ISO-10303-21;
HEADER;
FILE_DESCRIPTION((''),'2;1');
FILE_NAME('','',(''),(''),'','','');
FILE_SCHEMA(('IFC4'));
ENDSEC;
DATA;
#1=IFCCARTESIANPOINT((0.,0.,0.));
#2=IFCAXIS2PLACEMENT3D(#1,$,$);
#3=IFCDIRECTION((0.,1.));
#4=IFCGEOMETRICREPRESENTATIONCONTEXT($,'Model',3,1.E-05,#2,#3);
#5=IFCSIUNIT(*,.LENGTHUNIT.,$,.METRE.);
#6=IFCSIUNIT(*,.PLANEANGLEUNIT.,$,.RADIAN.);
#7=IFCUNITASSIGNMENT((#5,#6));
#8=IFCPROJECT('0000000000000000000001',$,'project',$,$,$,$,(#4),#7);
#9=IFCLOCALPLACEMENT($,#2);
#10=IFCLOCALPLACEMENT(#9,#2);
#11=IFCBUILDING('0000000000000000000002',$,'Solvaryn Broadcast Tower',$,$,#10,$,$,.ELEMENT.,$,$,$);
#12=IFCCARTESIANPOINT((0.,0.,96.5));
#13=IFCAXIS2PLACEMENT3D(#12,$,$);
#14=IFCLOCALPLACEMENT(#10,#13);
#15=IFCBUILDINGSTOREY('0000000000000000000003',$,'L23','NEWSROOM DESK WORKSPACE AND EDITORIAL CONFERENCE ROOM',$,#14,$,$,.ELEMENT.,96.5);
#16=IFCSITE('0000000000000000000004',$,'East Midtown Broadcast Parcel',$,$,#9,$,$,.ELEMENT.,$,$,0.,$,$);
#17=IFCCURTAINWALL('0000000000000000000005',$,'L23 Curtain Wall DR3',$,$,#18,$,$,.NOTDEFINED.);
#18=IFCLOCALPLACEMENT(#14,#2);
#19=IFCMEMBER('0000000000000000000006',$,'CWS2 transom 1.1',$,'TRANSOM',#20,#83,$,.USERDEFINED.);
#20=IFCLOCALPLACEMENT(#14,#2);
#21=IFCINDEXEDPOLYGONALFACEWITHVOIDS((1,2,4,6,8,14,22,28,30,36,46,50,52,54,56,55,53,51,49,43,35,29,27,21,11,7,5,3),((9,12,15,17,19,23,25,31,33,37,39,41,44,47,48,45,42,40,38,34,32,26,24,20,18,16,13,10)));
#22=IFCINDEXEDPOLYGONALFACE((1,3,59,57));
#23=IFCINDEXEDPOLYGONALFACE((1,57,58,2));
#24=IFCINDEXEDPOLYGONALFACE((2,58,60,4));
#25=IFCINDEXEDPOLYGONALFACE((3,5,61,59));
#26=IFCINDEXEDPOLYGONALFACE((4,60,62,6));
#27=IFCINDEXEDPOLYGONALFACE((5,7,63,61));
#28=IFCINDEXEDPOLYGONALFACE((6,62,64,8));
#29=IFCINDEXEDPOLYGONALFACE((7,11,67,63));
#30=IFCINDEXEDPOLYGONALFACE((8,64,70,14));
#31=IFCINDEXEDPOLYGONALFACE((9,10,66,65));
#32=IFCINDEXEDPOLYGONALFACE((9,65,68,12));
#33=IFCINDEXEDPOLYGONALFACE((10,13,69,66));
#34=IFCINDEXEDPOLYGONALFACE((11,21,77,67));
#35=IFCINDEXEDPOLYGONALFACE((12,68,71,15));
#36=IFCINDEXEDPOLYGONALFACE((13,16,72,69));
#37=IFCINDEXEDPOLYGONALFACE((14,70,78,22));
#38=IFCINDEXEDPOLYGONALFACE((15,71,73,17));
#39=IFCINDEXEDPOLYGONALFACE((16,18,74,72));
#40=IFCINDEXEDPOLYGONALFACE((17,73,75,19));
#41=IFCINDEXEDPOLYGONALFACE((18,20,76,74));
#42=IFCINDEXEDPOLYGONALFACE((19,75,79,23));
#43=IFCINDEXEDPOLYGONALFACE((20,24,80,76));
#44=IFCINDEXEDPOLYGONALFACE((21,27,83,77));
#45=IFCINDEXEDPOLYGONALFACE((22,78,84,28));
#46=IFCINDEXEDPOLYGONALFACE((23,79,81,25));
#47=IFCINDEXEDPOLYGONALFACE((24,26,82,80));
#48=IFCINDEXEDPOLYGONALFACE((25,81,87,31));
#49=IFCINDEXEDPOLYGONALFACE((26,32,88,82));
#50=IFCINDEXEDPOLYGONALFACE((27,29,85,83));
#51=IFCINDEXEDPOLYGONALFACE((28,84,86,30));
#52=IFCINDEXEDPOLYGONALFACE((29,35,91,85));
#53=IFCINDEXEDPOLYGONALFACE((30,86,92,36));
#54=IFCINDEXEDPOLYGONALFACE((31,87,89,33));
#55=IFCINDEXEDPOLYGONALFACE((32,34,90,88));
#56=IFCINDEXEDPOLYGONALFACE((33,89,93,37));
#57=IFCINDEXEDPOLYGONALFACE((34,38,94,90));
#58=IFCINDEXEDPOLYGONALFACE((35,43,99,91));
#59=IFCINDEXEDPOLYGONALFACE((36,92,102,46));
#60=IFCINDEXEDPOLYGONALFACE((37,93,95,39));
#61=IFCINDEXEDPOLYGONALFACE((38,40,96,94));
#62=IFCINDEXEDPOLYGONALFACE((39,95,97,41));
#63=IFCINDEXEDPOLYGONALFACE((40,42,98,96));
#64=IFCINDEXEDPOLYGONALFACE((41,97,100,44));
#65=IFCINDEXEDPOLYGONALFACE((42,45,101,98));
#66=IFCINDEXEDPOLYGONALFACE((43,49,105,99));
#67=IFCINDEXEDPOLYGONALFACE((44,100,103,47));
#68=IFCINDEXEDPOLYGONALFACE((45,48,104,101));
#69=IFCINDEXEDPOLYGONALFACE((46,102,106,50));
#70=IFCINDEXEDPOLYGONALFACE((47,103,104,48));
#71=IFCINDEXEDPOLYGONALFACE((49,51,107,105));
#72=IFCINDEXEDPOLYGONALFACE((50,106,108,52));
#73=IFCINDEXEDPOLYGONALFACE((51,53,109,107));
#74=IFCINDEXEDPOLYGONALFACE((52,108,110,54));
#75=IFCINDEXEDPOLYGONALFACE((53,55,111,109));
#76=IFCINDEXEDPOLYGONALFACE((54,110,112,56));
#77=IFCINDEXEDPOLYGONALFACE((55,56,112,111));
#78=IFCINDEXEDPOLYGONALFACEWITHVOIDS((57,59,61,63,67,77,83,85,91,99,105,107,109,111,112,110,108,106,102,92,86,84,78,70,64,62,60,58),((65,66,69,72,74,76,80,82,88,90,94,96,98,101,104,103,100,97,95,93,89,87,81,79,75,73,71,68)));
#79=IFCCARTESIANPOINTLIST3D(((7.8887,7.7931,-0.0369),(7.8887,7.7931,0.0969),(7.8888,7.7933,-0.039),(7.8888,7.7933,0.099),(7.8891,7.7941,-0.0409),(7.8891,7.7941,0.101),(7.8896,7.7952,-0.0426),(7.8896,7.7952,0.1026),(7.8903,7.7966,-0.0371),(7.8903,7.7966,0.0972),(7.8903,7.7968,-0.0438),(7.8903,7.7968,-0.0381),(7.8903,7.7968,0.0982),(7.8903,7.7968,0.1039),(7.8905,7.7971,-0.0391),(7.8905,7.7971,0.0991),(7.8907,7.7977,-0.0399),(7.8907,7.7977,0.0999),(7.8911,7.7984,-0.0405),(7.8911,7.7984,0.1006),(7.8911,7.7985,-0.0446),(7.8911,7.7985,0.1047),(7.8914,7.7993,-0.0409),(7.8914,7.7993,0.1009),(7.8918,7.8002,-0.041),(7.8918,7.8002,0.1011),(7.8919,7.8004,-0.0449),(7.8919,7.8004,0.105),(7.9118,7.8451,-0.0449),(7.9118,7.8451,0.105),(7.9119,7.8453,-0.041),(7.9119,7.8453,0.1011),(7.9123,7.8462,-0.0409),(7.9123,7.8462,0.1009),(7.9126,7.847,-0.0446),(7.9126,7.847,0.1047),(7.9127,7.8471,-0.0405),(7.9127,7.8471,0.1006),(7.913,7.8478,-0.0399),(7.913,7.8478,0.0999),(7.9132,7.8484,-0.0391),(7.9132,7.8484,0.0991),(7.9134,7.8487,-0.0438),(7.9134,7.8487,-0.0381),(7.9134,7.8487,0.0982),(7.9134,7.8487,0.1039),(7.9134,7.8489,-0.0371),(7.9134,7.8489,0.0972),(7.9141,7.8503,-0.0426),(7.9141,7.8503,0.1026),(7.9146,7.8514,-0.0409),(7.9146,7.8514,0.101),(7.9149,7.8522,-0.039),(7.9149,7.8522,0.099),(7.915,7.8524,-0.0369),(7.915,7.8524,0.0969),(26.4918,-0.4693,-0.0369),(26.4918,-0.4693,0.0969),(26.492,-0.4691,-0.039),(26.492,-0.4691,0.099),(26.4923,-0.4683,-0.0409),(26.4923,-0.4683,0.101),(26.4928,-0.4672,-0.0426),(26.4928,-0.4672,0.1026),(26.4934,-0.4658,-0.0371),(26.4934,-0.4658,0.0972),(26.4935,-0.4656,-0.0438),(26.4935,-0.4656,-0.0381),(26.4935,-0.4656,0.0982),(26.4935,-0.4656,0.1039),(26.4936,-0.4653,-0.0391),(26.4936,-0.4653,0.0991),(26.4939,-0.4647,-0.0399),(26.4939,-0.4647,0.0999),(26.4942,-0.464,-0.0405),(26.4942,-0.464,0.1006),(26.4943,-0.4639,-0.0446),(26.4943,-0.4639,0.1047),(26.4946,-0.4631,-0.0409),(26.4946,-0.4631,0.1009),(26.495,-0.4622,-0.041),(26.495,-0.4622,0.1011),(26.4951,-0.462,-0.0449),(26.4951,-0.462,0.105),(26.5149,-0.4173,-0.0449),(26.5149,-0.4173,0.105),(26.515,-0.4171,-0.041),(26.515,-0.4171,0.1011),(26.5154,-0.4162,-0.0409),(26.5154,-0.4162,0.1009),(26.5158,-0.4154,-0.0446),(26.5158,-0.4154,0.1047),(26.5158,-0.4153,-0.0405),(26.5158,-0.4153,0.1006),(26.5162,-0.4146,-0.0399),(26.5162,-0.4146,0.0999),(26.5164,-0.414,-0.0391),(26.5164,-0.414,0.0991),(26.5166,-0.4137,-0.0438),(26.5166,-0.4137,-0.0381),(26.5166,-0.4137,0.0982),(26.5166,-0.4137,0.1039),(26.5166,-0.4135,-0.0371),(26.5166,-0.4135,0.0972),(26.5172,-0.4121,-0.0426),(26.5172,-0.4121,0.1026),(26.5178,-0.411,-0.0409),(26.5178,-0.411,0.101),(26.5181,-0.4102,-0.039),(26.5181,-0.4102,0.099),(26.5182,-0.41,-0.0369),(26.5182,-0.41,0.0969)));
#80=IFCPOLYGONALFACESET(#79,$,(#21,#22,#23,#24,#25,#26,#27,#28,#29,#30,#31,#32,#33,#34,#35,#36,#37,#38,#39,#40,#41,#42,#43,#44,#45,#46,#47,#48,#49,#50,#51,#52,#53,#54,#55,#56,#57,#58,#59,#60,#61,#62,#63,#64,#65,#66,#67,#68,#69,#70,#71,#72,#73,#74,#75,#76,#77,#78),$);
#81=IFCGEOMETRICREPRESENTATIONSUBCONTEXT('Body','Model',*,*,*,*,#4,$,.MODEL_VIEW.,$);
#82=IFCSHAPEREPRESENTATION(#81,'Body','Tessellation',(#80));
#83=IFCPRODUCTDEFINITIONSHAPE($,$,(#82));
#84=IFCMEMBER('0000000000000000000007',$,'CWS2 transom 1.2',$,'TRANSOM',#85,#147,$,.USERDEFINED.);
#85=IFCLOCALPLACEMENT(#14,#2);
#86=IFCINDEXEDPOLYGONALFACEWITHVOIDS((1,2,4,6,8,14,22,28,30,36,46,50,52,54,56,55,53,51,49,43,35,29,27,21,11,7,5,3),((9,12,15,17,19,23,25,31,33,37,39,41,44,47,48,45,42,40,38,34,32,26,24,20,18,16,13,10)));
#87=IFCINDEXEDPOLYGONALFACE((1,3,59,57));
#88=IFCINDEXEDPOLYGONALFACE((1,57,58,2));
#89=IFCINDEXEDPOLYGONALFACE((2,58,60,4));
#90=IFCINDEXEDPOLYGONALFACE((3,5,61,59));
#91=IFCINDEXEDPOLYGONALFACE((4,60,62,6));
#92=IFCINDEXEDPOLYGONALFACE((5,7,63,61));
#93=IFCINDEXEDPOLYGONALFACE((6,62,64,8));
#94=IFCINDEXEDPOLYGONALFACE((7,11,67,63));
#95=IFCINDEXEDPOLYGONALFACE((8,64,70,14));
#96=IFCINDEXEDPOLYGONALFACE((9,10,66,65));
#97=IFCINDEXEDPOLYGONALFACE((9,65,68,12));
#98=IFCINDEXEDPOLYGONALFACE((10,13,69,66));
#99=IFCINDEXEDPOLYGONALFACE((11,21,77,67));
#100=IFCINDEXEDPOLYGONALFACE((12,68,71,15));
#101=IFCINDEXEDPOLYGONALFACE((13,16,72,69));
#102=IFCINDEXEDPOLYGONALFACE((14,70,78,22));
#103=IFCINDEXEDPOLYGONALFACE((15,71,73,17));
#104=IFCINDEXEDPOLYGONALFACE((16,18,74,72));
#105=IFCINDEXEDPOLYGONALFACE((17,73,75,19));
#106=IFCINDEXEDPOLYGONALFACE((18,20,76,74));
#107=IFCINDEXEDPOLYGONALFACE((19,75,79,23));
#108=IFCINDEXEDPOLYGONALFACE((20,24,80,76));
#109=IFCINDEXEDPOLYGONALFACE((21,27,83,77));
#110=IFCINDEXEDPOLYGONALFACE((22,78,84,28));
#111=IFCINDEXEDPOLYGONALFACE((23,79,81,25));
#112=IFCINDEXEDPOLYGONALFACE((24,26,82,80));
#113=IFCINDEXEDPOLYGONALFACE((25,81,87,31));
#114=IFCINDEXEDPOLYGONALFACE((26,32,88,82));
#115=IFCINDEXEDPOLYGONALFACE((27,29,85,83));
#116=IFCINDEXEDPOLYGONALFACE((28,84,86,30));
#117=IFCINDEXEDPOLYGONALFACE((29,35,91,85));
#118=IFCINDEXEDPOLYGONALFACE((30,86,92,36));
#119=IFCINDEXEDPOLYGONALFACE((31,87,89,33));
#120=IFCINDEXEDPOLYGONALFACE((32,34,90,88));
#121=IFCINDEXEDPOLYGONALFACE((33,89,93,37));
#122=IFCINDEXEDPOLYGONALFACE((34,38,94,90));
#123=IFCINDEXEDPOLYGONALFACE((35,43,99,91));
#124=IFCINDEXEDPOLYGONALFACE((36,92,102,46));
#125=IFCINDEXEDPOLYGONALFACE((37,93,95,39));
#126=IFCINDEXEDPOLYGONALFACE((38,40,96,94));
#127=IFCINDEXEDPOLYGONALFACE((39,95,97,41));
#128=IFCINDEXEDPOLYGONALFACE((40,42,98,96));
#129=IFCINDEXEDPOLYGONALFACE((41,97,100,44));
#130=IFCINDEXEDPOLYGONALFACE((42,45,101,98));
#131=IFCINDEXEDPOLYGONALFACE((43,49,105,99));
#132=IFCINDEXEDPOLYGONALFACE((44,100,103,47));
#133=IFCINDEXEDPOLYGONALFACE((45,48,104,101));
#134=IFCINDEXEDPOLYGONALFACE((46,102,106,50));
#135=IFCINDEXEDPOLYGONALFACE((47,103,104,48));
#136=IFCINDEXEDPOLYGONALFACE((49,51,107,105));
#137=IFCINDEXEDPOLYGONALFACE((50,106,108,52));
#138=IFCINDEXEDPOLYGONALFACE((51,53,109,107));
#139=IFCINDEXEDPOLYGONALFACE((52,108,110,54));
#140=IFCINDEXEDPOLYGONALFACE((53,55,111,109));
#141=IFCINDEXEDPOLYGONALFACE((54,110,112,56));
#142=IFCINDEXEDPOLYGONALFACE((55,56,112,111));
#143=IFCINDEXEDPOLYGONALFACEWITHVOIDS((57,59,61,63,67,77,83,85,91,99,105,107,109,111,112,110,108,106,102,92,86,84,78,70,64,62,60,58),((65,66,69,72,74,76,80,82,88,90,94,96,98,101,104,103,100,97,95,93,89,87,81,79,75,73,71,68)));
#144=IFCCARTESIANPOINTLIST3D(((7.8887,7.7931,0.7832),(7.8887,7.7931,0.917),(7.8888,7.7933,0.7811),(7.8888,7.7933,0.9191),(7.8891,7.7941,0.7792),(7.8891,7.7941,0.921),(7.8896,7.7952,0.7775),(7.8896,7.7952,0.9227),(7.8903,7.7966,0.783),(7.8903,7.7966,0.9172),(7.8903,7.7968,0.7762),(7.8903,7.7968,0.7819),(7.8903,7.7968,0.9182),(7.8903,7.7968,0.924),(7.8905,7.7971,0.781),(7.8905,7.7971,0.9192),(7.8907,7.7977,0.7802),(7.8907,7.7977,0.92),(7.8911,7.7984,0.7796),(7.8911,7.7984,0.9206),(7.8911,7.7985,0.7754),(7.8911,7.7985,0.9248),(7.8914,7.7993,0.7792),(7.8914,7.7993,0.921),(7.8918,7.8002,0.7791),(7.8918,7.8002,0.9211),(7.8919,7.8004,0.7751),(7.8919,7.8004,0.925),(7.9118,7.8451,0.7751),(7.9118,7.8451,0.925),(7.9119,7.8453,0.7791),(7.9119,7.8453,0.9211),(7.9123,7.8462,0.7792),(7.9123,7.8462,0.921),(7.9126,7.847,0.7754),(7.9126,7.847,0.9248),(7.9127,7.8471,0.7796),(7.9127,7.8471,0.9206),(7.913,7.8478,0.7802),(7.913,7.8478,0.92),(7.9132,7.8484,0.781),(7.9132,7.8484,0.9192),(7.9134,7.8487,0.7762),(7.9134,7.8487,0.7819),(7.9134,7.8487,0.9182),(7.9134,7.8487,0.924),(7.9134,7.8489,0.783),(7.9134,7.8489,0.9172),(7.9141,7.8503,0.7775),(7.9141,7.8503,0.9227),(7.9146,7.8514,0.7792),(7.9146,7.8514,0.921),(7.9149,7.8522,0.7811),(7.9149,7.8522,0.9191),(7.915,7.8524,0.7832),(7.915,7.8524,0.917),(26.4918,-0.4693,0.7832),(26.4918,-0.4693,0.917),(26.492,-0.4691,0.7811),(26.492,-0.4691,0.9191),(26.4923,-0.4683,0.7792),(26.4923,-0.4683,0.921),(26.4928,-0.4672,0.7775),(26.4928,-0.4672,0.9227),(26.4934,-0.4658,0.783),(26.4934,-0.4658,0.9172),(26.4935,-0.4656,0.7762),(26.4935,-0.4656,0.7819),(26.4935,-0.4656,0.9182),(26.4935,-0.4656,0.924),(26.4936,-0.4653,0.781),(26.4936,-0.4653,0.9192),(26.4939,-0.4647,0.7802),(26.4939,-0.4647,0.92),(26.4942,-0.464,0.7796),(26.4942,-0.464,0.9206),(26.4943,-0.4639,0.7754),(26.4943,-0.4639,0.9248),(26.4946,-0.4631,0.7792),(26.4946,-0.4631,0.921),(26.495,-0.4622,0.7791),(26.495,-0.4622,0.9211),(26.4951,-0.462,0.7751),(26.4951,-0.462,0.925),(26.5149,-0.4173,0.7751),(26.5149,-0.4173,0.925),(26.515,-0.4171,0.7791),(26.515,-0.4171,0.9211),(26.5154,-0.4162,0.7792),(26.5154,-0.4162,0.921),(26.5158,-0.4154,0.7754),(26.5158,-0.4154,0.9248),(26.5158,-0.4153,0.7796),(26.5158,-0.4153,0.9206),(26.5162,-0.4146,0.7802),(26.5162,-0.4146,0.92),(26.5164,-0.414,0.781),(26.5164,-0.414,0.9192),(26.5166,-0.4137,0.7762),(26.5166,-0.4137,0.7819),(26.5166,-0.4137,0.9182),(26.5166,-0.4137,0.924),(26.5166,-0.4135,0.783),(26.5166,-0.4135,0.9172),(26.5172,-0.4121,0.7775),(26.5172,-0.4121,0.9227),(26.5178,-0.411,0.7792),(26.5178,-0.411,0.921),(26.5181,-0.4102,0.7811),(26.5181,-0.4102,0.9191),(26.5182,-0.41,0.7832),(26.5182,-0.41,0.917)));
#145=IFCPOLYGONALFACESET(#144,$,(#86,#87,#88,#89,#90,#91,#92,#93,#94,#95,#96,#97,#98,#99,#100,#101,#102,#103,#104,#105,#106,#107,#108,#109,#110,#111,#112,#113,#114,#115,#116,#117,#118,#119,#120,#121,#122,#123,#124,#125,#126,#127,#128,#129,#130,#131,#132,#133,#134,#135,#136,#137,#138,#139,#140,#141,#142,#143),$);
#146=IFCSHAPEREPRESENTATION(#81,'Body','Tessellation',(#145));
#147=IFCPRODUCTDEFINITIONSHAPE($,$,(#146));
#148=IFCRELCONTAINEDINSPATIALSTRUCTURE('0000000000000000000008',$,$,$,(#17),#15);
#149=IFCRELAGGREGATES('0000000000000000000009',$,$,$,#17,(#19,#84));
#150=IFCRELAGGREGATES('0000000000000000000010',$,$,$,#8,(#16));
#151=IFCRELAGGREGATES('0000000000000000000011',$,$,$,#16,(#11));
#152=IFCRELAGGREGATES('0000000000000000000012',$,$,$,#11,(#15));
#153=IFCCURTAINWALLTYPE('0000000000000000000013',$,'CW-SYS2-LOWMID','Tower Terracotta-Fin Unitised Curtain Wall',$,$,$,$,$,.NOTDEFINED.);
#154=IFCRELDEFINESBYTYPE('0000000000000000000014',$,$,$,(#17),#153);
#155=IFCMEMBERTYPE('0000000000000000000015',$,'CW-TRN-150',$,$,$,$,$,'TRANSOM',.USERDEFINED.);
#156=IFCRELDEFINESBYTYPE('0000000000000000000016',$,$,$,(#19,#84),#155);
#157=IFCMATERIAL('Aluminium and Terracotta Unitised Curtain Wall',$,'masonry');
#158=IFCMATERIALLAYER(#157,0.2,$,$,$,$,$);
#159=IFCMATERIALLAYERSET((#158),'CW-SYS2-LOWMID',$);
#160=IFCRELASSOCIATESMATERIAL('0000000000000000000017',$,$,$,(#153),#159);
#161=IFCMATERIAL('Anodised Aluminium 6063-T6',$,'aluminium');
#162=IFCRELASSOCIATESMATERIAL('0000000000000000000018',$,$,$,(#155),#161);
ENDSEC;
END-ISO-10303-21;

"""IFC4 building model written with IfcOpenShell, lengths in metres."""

from ifc_helpers import new_model, si_unit, direction, frame, origin, origin_2d, place, context, subcontext, project, spatial, hollow_rectangle, extrude, material, layer, layer_set, material_profile, profile_set, type_object, element, aggregate, save


model = new_model("IFC4")

# Units and contexts
model_context = context("Model", 3, precision=1e-05, world=origin(), true_north=direction((0.0, 1.0)))
body_context = subcontext(model_context, "Body", "Model", "MODEL_VIEW")
ifc_project = project(units=[si_unit("LENGTHUNIT", "METRE"), si_unit("PLANEANGLEUNIT", "RADIAN")], contexts=[model_context])

# Site, building, storey
site_placement = place(None, origin())
site = spatial("IfcSite", under=ifc_project, at=site_placement, Name="East Midtown Broadcast Parcel", CompositionType="ELEMENT", RefElevation=0.0)
building_placement = place(site_placement, origin())
building = spatial("IfcBuilding", under=site, at=building_placement, Name="Solvaryn Broadcast Tower", CompositionType="ELEMENT")
storey_placement = place(building_placement, frame((0.0, 0.0, 96.5)))
storey = spatial("IfcBuildingStorey", under=building, at=storey_placement, Name="L23", Description="NEWSROOM DESK WORKSPACE AND EDITORIAL CONFERENCE ROOM", CompositionType="ELEMENT", Elevation=96.5)

# Shared definitions
ifc_material_1 = material(Name="Aluminium and Terracotta Unitised Curtain Wall", Category="masonry")
ifc_layer_1 = layer(ifc_material_1, 0.2)
ifc_layer_set_1 = layer_set([ifc_layer_1], Name="CW-SYS2-LOWMID")
curtain_wall_type = type_object("IfcCurtainWallType", Name="CW-SYS2-LOWMID", Description="Tower Terracotta-Fin Unitised Curtain Wall", PredefinedType="NOTDEFINED", material=ifc_layer_set_1)

# Curtain wall, members
curtain_wall_1_placement = place(storey_placement, origin())
curtain_wall_1 = element("IfcCurtainWall", 1, at=curtain_wall_1_placement, inside=storey, type_object=curtain_wall_type, Name="L23 Curtain Wall DR3", PredefinedType="NOTDEFINED")
ifc_material_2 = material(Name="Anodised Aluminium 6063-T6", Category="aluminium")
ifc_material_profile_1 = material_profile(ifc_material_2, hollow_rectangle(XDim=0.0649, YDim=0.1499, WallThickness=0.0039, InnerFilletRadius=0.0039, OuterFilletRadius=0.0081, at=origin_2d()))
ifc_profile_set_1 = profile_set([ifc_material_profile_1], Name="Anodised Aluminium 6063-T6")
member_type_1 = type_object("IfcMemberType", Name="CW-TRN-150", ElementType="TRANSOM", PredefinedType="USERDEFINED", material=ifc_profile_set_1)
member_1_placement = place(storey_placement, frame((7.9019, 7.8228, 0.03), z_axis=(0.913915, -0.405906, 0.0), x_axis=(0.405906, 0.913915, 0.0)))
member_1 = element("IfcMember", 2, at=member_1_placement, type_object=member_type_1, Name="CWS2 transom 1.1", ObjectType="TRANSOM", PredefinedType="USERDEFINED", context=body_context, shape_type="SweptSolid", body=[
    extrude(hollow_rectangle(XDim=0.0649, YDim=0.1499, WallThickness=0.0039, InnerFilletRadius=0.0039, OuterFilletRadius=0.0081, at=origin_2d()), origin(), (0.0, 0.0, 1.0), 20.3555),
])
member_2_placement = place(storey_placement, frame((7.9019, 7.8228, 0.8501), z_axis=(0.913915, -0.405906, 0.0), x_axis=(0.405906, 0.913915, 0.0)))
member_2 = element("IfcMember", 3, at=member_2_placement, type_object=member_type_1, Name="CWS2 transom 1.2", ObjectType="TRANSOM", PredefinedType="USERDEFINED", context=body_context, shape_type="SweptSolid", body=[
    extrude(hollow_rectangle(XDim=0.0649, YDim=0.1499, WallThickness=0.0039, InnerFilletRadius=0.0039, OuterFilletRadius=0.0081, at=origin_2d()), origin(), (0.0, 0.0, 1.0), 20.3555),
])
aggregate(curtain_wall_1, [member_1, member_2])

save(model, "model.ifc")
